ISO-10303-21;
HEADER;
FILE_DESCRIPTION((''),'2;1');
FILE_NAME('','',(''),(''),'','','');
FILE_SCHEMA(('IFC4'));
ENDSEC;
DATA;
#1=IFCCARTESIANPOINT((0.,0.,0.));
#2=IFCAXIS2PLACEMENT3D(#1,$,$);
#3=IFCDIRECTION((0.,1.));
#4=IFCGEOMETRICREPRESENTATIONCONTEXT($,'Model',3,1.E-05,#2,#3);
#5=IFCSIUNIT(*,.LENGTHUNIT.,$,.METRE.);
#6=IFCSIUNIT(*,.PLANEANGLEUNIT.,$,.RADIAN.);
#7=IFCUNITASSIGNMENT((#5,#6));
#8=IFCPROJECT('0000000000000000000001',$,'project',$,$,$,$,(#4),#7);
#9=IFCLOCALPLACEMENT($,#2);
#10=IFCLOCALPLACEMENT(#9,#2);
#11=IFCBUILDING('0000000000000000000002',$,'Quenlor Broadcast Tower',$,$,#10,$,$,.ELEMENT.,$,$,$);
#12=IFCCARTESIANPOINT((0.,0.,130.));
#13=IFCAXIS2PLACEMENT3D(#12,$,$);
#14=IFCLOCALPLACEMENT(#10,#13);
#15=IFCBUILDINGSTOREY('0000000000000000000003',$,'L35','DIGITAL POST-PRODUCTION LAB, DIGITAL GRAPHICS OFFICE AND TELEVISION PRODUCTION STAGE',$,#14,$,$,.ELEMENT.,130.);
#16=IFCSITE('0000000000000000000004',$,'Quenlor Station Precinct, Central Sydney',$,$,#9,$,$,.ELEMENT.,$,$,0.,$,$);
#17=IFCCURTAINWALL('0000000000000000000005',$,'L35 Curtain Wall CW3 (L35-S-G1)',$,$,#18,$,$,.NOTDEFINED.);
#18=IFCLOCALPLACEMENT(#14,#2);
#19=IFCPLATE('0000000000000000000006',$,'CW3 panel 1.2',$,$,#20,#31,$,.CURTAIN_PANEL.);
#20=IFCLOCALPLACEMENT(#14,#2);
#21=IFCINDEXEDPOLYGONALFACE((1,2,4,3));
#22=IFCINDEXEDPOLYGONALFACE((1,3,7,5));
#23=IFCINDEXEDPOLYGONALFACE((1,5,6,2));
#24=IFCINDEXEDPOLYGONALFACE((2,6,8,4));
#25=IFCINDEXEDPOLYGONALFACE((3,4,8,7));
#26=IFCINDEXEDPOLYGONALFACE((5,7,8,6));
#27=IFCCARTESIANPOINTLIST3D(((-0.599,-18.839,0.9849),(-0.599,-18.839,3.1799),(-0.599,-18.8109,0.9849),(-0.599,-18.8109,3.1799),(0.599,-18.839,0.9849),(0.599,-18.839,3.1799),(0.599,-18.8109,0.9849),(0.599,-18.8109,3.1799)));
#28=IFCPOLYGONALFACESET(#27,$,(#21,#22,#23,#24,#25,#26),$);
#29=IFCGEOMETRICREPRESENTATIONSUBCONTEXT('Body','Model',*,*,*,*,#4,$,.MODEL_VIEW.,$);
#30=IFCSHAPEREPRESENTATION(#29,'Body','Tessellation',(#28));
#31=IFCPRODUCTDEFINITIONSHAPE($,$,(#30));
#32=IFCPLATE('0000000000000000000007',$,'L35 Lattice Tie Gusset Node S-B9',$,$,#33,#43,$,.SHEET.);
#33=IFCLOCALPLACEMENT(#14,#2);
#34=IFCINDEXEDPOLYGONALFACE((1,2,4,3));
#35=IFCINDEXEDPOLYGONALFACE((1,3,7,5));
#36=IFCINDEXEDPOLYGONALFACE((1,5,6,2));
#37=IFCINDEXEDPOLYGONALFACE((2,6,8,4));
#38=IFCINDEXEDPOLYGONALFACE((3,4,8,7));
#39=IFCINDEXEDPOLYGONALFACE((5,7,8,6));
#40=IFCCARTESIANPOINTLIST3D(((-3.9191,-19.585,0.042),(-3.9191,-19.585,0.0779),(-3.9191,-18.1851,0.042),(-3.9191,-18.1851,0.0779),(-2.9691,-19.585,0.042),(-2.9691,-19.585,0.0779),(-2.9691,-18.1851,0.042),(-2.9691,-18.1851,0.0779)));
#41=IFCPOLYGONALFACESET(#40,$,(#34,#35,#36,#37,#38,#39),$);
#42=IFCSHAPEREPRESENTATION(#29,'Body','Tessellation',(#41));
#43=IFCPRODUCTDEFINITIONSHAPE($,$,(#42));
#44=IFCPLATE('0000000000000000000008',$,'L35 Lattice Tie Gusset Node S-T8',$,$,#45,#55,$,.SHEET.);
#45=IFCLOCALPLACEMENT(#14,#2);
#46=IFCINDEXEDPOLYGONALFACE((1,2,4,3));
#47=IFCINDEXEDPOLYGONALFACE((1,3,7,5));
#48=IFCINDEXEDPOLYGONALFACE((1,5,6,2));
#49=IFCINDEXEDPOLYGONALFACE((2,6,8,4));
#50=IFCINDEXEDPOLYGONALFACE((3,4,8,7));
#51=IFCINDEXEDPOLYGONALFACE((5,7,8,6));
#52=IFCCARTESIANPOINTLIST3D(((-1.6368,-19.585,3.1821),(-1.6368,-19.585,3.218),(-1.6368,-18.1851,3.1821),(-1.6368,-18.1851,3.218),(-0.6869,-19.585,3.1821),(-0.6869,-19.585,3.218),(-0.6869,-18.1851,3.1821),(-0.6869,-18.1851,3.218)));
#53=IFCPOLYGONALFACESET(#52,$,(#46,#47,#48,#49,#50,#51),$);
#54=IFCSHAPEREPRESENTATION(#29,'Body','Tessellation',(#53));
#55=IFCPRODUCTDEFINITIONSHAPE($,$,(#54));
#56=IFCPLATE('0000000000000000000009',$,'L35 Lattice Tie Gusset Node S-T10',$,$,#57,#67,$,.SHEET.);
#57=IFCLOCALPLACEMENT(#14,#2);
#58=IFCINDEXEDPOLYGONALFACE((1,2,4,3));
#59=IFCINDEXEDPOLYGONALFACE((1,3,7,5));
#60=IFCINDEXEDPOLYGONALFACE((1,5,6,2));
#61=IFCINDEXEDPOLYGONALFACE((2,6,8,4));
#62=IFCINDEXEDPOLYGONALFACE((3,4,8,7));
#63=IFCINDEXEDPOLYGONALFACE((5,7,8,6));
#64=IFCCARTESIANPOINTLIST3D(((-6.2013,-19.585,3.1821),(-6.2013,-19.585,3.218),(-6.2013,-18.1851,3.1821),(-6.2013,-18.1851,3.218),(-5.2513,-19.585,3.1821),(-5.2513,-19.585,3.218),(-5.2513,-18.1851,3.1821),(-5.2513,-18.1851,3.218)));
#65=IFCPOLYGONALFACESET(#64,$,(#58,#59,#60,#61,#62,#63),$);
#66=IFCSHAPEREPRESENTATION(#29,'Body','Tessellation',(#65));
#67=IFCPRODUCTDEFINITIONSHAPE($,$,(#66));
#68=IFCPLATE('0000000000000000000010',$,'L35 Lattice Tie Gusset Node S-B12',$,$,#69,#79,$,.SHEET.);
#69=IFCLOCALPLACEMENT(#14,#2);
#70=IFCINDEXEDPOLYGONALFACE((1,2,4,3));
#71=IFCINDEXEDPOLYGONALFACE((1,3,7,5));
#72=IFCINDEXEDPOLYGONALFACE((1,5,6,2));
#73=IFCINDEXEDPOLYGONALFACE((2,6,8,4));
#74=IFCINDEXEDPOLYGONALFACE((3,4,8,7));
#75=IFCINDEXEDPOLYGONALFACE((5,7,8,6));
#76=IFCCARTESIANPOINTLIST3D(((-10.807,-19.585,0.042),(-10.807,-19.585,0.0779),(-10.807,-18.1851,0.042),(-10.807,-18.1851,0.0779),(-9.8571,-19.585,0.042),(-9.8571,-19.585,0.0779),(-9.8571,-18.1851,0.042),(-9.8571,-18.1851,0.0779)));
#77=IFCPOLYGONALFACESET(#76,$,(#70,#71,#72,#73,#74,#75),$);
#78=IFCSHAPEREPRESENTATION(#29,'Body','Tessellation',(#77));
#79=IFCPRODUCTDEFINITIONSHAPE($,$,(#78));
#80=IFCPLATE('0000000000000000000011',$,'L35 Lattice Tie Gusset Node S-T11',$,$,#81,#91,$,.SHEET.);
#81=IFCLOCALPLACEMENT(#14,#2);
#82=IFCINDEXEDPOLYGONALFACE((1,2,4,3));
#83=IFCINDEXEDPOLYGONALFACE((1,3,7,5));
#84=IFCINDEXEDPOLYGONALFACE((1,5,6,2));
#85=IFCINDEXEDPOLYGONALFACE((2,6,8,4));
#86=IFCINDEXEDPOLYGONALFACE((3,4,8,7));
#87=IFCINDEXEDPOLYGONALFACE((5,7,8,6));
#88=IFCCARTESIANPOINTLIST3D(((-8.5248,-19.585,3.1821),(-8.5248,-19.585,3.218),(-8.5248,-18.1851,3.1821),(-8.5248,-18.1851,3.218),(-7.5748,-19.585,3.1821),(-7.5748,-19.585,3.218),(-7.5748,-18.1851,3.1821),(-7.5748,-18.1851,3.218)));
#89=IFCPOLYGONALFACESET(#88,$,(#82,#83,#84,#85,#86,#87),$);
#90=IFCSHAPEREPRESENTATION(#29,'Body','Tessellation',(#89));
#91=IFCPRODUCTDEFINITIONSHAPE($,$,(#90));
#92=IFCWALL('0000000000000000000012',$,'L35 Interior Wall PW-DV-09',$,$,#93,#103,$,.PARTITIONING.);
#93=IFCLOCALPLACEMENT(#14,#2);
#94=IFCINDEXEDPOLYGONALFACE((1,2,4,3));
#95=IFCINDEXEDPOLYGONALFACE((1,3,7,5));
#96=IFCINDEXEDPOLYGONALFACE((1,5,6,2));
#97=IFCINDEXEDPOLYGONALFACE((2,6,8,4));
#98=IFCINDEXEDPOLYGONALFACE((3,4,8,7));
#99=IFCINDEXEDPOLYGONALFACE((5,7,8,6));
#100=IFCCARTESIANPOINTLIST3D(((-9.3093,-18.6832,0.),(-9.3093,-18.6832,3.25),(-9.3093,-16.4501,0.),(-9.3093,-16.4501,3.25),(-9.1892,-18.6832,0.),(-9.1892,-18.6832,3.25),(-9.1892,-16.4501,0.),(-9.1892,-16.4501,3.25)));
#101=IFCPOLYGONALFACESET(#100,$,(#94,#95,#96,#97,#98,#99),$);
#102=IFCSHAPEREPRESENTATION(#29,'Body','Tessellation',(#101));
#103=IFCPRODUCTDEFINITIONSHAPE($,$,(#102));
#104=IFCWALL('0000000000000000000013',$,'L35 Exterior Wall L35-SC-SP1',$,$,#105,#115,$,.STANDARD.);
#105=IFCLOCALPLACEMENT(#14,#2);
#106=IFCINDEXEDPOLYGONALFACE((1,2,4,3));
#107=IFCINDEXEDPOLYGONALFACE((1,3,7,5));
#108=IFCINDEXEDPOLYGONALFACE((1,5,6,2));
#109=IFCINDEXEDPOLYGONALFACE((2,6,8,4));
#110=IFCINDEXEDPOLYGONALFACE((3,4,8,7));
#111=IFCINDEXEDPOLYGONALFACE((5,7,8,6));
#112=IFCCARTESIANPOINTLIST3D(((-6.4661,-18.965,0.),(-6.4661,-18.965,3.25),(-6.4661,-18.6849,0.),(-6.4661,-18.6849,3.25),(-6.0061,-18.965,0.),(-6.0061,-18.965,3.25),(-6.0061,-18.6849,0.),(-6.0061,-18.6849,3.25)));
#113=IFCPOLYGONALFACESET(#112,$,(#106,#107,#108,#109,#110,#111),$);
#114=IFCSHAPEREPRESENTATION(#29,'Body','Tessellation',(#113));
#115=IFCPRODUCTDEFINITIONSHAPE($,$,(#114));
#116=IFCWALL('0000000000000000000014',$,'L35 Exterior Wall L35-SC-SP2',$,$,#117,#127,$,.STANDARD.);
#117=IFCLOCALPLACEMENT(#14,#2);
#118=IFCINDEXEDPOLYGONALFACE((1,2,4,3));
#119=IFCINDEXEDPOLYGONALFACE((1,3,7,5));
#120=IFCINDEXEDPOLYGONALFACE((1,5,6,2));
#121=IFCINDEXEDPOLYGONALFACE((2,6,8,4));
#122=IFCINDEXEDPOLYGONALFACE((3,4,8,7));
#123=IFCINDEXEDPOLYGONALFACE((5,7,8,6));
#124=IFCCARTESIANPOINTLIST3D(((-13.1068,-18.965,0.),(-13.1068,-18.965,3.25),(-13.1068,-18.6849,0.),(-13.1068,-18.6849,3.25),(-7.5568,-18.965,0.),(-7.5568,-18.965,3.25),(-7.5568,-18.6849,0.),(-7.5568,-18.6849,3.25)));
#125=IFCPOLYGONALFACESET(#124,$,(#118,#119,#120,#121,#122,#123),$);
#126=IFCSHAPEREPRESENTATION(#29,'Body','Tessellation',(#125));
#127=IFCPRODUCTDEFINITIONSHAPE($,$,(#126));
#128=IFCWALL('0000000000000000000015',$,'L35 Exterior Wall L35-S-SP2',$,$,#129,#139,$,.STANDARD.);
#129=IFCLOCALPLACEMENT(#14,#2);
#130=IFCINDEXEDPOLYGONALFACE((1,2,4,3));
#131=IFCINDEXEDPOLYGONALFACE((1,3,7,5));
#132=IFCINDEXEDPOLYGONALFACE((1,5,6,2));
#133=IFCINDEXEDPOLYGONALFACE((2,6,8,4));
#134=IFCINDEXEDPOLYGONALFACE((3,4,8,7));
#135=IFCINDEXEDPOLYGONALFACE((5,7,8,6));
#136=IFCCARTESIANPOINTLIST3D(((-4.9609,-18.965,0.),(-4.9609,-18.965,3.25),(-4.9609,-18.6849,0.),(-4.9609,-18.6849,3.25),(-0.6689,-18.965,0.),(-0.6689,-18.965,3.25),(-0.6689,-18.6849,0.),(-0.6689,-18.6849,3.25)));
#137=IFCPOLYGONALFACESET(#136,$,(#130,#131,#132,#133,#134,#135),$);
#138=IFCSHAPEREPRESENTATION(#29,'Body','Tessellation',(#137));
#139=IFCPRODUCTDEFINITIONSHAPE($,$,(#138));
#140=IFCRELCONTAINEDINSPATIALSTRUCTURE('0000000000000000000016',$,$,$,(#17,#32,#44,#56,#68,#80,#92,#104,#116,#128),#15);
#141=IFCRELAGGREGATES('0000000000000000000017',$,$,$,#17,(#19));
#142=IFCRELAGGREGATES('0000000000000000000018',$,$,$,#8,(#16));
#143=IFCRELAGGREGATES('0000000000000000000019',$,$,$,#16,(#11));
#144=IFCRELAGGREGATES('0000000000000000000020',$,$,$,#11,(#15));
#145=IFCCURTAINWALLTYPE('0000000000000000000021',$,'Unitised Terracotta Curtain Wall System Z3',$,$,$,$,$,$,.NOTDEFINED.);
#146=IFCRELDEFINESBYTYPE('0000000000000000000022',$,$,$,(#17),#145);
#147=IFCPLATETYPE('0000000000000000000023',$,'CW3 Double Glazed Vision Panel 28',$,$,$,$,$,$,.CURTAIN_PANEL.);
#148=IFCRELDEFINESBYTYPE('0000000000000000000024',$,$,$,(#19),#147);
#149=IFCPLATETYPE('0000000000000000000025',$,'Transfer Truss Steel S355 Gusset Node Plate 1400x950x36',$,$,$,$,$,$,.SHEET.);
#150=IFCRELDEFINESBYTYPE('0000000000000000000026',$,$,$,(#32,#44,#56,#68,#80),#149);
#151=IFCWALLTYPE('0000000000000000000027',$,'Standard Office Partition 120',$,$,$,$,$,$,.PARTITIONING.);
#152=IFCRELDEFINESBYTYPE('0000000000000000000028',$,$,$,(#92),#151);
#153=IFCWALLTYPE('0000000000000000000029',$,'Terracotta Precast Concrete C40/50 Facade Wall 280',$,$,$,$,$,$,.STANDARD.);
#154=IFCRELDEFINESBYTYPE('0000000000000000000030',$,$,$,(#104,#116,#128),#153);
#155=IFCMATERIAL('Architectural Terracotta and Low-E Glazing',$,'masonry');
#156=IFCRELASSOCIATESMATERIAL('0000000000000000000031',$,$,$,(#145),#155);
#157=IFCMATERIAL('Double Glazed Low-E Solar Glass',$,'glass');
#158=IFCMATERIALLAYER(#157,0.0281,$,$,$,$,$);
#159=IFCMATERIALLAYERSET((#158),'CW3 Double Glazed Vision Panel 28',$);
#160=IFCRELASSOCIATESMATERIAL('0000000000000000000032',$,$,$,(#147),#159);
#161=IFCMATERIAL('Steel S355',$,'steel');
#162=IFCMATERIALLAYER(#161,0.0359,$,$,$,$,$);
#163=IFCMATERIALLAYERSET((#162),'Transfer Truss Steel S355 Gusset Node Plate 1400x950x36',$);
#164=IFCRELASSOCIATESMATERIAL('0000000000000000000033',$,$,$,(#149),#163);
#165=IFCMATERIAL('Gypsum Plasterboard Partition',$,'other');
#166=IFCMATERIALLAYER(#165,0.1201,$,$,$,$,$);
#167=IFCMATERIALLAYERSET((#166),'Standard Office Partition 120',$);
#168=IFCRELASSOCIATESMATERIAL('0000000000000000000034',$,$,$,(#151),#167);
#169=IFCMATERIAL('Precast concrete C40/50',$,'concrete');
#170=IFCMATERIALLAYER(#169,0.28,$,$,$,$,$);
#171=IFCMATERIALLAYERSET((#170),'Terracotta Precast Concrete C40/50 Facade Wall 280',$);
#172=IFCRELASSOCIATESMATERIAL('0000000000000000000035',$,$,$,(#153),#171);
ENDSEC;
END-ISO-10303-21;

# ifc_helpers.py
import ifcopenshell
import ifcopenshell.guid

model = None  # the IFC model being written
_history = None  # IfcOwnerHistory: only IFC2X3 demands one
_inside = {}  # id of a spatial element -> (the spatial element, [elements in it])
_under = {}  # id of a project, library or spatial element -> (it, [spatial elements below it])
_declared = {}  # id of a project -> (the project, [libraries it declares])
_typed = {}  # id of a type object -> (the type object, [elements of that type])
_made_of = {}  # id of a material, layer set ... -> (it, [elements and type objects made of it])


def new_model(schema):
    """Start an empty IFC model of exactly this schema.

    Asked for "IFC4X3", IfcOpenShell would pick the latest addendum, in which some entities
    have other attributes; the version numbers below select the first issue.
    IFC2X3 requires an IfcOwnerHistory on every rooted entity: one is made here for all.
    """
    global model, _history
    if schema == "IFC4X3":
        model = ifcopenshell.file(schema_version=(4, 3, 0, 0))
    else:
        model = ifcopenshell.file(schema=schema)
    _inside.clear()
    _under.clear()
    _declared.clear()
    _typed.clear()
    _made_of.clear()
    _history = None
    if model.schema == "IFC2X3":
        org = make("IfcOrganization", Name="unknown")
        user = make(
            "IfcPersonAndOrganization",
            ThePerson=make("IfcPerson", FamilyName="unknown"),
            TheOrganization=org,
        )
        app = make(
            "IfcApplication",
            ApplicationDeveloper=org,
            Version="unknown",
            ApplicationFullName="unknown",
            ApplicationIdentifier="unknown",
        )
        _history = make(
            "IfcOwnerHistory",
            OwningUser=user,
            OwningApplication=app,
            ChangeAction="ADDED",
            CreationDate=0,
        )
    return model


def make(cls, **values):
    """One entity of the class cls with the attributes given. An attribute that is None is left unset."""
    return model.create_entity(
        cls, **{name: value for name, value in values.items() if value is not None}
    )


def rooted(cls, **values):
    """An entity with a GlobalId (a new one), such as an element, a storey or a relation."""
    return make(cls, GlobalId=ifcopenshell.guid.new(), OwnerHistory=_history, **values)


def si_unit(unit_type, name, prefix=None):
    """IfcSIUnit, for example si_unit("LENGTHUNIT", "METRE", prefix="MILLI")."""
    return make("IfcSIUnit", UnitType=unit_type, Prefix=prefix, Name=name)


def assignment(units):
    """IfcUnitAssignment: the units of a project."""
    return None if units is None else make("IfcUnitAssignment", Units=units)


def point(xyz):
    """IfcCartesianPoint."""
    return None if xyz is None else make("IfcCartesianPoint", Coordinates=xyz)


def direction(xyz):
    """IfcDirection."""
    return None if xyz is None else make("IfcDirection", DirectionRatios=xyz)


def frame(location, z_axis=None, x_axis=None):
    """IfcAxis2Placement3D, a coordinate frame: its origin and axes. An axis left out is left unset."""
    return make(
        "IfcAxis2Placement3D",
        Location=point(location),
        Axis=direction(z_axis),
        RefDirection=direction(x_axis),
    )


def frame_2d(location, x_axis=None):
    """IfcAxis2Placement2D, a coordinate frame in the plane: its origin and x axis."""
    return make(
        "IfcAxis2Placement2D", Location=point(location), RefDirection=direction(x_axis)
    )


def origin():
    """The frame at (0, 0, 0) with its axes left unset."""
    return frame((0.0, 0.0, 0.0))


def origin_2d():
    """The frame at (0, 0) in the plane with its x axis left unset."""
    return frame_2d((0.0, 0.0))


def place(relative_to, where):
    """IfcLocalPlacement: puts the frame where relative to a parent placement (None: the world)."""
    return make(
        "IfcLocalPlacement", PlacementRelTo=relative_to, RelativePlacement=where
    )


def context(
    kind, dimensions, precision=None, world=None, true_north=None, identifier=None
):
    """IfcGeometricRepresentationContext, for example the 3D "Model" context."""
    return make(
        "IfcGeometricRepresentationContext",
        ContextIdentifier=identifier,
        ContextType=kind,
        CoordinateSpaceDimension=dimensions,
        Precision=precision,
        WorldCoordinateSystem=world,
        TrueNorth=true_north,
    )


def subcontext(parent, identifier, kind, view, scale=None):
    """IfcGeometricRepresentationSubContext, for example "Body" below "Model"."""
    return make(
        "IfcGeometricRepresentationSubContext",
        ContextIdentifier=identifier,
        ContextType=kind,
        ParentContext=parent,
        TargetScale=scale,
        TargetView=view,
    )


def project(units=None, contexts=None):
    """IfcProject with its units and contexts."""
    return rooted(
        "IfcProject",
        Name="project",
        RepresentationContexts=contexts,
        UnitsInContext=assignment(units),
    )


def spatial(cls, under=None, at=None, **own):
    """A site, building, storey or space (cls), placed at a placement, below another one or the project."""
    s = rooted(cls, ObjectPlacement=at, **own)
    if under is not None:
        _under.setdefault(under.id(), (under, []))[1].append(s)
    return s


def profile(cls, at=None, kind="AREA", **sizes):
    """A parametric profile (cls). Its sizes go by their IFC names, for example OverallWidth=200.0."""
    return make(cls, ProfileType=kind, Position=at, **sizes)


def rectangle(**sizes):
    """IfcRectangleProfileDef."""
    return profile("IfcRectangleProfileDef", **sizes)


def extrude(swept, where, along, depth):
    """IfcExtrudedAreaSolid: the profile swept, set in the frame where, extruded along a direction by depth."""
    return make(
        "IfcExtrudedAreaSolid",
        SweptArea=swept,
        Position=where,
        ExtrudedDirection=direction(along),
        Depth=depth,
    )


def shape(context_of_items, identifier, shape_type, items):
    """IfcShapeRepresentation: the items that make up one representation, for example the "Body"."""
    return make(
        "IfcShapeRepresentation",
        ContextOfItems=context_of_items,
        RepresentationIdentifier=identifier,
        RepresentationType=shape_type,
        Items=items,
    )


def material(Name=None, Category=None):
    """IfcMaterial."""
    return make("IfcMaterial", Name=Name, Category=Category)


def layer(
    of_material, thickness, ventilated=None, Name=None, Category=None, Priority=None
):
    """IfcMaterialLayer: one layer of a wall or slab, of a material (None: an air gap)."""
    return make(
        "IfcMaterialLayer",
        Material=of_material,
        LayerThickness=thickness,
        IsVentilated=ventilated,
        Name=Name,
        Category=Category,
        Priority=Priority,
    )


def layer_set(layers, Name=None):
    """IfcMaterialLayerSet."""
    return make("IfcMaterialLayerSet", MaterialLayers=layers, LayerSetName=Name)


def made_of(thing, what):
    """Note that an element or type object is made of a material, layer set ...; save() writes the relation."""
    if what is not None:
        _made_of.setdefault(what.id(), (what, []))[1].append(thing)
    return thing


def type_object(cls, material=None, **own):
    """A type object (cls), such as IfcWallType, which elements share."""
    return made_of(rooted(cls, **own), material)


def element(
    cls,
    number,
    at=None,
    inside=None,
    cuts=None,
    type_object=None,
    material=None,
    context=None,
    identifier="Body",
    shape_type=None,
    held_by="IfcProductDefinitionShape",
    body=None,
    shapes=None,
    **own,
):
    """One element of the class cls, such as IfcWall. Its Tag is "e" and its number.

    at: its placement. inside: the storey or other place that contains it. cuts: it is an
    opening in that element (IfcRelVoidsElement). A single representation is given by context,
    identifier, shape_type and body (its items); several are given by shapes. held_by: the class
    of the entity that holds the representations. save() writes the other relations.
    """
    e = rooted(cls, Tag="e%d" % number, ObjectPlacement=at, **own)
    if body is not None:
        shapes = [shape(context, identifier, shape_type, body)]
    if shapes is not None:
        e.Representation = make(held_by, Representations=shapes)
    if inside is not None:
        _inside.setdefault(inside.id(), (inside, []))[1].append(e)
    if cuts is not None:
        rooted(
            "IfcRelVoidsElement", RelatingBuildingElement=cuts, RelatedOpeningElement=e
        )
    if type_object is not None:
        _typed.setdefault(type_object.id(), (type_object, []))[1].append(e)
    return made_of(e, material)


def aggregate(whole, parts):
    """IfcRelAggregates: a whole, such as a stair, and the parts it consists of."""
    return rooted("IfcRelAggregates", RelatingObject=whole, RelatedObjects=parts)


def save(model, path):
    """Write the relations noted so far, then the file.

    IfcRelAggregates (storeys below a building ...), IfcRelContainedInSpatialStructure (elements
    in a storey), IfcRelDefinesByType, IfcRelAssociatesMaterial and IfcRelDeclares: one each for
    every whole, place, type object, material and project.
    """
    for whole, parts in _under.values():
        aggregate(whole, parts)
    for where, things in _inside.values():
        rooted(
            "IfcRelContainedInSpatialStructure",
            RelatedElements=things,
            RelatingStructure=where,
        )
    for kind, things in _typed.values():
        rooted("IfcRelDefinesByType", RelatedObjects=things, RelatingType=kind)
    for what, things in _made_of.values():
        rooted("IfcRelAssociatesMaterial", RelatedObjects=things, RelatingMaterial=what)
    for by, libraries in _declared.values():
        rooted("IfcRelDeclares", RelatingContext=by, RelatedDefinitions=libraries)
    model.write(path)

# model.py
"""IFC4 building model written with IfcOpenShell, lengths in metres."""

from ifc_helpers import new_model, si_unit, direction, frame, frame_2d, origin, origin_2d, place, context, subcontext, project, spatial, rectangle, extrude, material, layer, layer_set, type_object, element, aggregate, save


model = new_model("IFC4")

# Units and contexts
model_context = context("Model", 3, precision=1e-05, world=origin(), true_north=direction((0.0, 1.0)))
body_context = subcontext(model_context, "Body", "Model", "MODEL_VIEW")
ifc_project = project(units=[si_unit("LENGTHUNIT", "METRE"), si_unit("PLANEANGLEUNIT", "RADIAN")], contexts=[model_context])

# Site, building, storey
site_placement = place(None, origin())
site = spatial("IfcSite", under=ifc_project, at=site_placement, Name="Quenlor Station Precinct, Central Sydney", CompositionType="ELEMENT", RefElevation=0.0)
building_placement = place(site_placement, origin())
building = spatial("IfcBuilding", under=site, at=building_placement, Name="Quenlor Broadcast Tower", CompositionType="ELEMENT")
storey_placement = place(building_placement, frame((0.0, 0.0, 130.0)))
storey = spatial("IfcBuildingStorey", under=building, at=storey_placement, Name="L35", Description="DIGITAL POST-PRODUCTION LAB, DIGITAL GRAPHICS OFFICE AND TELEVISION PRODUCTION STAGE", CompositionType="ELEMENT", Elevation=130.0)

# Shared definitions
ifc_material_1 = material(Name="Architectural Terracotta and Low-E Glazing", Category="masonry")
curtain_wall_type = type_object("IfcCurtainWallType", Name="Unitised Terracotta Curtain Wall System Z3", PredefinedType="NOTDEFINED", material=ifc_material_1)

# Curtain wall
curtain_wall_1_placement = place(storey_placement, origin())
curtain_wall_1 = element("IfcCurtainWall", 1, at=curtain_wall_1_placement, inside=storey, type_object=curtain_wall_type, Name="L35 Curtain Wall CW3 (L35-S-G1)", PredefinedType="NOTDEFINED")

# Plate
ifc_material_2 = material(Name="Double Glazed Low-E Solar Glass", Category="glass")
ifc_layer_1 = layer(ifc_material_2, 0.0281)
ifc_layer_set_1 = layer_set([ifc_layer_1], Name="CW3 Double Glazed Vision Panel 28")
plate_type_1 = type_object("IfcPlateType", Name="CW3 Double Glazed Vision Panel 28", PredefinedType="CURTAIN_PANEL", material=ifc_layer_set_1)
plate_1_placement = place(storey_placement, frame((0.0, -18.825, 0.9849), z_axis=(0.0, 0.0, 1.0), x_axis=(-1.0, 0.0, 0.0)))
plate_1 = element("IfcPlate", 2, at=plate_1_placement, type_object=plate_type_1, Name="CW3 panel 1.2", PredefinedType="CURTAIN_PANEL", context=body_context, shape_type="SweptSolid", body=[
    extrude(rectangle(XDim=1.198, YDim=0.0281, at=origin_2d()), origin(), (0.0, 0.0, 1.0), 2.1951),
])
aggregate(curtain_wall_1, [plate_1])

# Plates
ifc_material_3 = material(Name="Steel S355", Category="steel")
ifc_layer_2 = layer(ifc_material_3, 0.0359)
ifc_layer_set_2 = layer_set([ifc_layer_2], Name="Transfer Truss Steel S355 Gusset Node Plate 1400x950x36")
plate_type_2 = type_object("IfcPlateType", Name="Transfer Truss Steel S355 Gusset Node Plate 1400x950x36", PredefinedType="SHEET", material=ifc_layer_set_2)
for number, where, z_axis, x_axis, name in (
    (3, (-3.4441, -18.885, 0.042), (0.0, 0.0, 1.0), (0.0, -1.0, 0.0), "L35 Lattice Tie Gusset Node S-B9"),
    (4, (-1.1619, -18.885, 3.1821), (0.0, 0.0, 1.0), (0.0, -1.0, 0.0), "L35 Lattice Tie Gusset Node S-T8"),
    (5, (-5.7263, -18.885, 3.1821), (0.0, 0.0, 1.0), (0.0, -1.0, 0.0), "L35 Lattice Tie Gusset Node S-T10"),
    (6, (-10.332, -18.885, 0.042), (0.0, 0.0, 1.0), (0.0, -1.0, 0.0), "L35 Lattice Tie Gusset Node S-B12"),
    (7, (-8.0498, -18.885, 3.1821), (0.0, 0.0, 1.0), (0.0, -1.0, 0.0), "L35 Lattice Tie Gusset Node S-T11"),
):
    element("IfcPlate", number, at=place(storey_placement, frame(where, z_axis=z_axis, x_axis=x_axis)), inside=storey, type_object=plate_type_2, Name=name, PredefinedType="SHEET", context=body_context, shape_type="SweptSolid", body=[
        extrude(rectangle(XDim=1.3999, YDim=0.95, at=origin_2d()), origin(), (0.0, 0.0, 1.0), 0.0359),
    ])

# Walls
ifc_material_4 = material(Name="Gypsum Plasterboard Partition", Category="other")
ifc_layer_3 = layer(ifc_material_4, 0.1201)
ifc_layer_set_3 = layer_set([ifc_layer_3], Name="Standard Office Partition 120")
wall_type_1 = type_object("IfcWallType", Name="Standard Office Partition 120", PredefinedType="PARTITIONING", material=ifc_layer_set_3)
wall_1_placement = place(storey_placement, frame((-9.2493, -16.45, 0.0), z_axis=(0.0, 0.0, 1.0), x_axis=(0.0, -1.0, 0.0)))
element("IfcWall", 8, at=wall_1_placement, inside=storey, type_object=wall_type_1, Name="L35 Interior Wall PW-DV-09", PredefinedType="PARTITIONING", context=body_context, shape_type="SweptSolid", body=[
    extrude(rectangle(XDim=2.2332, YDim=0.1201, at=frame_2d((1.1167, 0.0))), origin(), (0.0, 0.0, 1.0), 3.25),
])
ifc_material_5 = material(Name="Precast concrete C40/50", Category="concrete")
ifc_layer_4 = layer(ifc_material_5, 0.28)
ifc_layer_set_4 = layer_set([ifc_layer_4], Name="Terracotta Precast Concrete C40/50 Facade Wall 280")
wall_type_2 = type_object("IfcWallType", Name="Terracotta Precast Concrete C40/50 Facade Wall 280", PredefinedType="STANDARD", material=ifc_layer_set_4)
wall_2_placement = place(storey_placement, frame((-6.0061, -18.825, 0.0), z_axis=(0.0, 0.0, 1.0), x_axis=(-1.0, 0.0, 0.0)))
element("IfcWall", 9, at=wall_2_placement, inside=storey, type_object=wall_type_2, Name="L35 Exterior Wall L35-SC-SP1", PredefinedType="STANDARD", context=body_context, shape_type="SweptSolid", body=[
    extrude(rectangle(XDim=0.46, YDim=0.28, at=frame_2d((0.23, 0.0))), origin(), (0.0, 0.0, 1.0), 3.25),
])
wall_3_placement = place(storey_placement, frame((-7.5569, -18.825, 0.0), z_axis=(0.0, 0.0, 1.0), x_axis=(-1.0, 0.0, 0.0)))
element("IfcWall", 10, at=wall_3_placement, inside=storey, type_object=wall_type_2, Name="L35 Exterior Wall L35-SC-SP2", PredefinedType="STANDARD", context=body_context, shape_type="SweptSolid", body=[
    extrude(rectangle(XDim=5.55, YDim=0.28, at=frame_2d((2.7749, 0.0))), origin(), (0.0, 0.0, 1.0), 3.25),
])
wall_4_placement = place(storey_placement, frame((-0.6689, -18.825, 0.0), z_axis=(0.0, 0.0, 1.0), x_axis=(-1.0, 0.0, 0.0)))
element("IfcWall", 11, at=wall_4_placement, inside=storey, type_object=wall_type_2, Name="L35 Exterior Wall L35-S-SP2", PredefinedType="STANDARD", context=body_context, shape_type="SweptSolid", body=[
    extrude(rectangle(XDim=4.292, YDim=0.28, at=frame_2d((2.146, 0.0))), origin(), (0.0, 0.0, 1.0), 3.25),
])

save(model, "model.ifc")
